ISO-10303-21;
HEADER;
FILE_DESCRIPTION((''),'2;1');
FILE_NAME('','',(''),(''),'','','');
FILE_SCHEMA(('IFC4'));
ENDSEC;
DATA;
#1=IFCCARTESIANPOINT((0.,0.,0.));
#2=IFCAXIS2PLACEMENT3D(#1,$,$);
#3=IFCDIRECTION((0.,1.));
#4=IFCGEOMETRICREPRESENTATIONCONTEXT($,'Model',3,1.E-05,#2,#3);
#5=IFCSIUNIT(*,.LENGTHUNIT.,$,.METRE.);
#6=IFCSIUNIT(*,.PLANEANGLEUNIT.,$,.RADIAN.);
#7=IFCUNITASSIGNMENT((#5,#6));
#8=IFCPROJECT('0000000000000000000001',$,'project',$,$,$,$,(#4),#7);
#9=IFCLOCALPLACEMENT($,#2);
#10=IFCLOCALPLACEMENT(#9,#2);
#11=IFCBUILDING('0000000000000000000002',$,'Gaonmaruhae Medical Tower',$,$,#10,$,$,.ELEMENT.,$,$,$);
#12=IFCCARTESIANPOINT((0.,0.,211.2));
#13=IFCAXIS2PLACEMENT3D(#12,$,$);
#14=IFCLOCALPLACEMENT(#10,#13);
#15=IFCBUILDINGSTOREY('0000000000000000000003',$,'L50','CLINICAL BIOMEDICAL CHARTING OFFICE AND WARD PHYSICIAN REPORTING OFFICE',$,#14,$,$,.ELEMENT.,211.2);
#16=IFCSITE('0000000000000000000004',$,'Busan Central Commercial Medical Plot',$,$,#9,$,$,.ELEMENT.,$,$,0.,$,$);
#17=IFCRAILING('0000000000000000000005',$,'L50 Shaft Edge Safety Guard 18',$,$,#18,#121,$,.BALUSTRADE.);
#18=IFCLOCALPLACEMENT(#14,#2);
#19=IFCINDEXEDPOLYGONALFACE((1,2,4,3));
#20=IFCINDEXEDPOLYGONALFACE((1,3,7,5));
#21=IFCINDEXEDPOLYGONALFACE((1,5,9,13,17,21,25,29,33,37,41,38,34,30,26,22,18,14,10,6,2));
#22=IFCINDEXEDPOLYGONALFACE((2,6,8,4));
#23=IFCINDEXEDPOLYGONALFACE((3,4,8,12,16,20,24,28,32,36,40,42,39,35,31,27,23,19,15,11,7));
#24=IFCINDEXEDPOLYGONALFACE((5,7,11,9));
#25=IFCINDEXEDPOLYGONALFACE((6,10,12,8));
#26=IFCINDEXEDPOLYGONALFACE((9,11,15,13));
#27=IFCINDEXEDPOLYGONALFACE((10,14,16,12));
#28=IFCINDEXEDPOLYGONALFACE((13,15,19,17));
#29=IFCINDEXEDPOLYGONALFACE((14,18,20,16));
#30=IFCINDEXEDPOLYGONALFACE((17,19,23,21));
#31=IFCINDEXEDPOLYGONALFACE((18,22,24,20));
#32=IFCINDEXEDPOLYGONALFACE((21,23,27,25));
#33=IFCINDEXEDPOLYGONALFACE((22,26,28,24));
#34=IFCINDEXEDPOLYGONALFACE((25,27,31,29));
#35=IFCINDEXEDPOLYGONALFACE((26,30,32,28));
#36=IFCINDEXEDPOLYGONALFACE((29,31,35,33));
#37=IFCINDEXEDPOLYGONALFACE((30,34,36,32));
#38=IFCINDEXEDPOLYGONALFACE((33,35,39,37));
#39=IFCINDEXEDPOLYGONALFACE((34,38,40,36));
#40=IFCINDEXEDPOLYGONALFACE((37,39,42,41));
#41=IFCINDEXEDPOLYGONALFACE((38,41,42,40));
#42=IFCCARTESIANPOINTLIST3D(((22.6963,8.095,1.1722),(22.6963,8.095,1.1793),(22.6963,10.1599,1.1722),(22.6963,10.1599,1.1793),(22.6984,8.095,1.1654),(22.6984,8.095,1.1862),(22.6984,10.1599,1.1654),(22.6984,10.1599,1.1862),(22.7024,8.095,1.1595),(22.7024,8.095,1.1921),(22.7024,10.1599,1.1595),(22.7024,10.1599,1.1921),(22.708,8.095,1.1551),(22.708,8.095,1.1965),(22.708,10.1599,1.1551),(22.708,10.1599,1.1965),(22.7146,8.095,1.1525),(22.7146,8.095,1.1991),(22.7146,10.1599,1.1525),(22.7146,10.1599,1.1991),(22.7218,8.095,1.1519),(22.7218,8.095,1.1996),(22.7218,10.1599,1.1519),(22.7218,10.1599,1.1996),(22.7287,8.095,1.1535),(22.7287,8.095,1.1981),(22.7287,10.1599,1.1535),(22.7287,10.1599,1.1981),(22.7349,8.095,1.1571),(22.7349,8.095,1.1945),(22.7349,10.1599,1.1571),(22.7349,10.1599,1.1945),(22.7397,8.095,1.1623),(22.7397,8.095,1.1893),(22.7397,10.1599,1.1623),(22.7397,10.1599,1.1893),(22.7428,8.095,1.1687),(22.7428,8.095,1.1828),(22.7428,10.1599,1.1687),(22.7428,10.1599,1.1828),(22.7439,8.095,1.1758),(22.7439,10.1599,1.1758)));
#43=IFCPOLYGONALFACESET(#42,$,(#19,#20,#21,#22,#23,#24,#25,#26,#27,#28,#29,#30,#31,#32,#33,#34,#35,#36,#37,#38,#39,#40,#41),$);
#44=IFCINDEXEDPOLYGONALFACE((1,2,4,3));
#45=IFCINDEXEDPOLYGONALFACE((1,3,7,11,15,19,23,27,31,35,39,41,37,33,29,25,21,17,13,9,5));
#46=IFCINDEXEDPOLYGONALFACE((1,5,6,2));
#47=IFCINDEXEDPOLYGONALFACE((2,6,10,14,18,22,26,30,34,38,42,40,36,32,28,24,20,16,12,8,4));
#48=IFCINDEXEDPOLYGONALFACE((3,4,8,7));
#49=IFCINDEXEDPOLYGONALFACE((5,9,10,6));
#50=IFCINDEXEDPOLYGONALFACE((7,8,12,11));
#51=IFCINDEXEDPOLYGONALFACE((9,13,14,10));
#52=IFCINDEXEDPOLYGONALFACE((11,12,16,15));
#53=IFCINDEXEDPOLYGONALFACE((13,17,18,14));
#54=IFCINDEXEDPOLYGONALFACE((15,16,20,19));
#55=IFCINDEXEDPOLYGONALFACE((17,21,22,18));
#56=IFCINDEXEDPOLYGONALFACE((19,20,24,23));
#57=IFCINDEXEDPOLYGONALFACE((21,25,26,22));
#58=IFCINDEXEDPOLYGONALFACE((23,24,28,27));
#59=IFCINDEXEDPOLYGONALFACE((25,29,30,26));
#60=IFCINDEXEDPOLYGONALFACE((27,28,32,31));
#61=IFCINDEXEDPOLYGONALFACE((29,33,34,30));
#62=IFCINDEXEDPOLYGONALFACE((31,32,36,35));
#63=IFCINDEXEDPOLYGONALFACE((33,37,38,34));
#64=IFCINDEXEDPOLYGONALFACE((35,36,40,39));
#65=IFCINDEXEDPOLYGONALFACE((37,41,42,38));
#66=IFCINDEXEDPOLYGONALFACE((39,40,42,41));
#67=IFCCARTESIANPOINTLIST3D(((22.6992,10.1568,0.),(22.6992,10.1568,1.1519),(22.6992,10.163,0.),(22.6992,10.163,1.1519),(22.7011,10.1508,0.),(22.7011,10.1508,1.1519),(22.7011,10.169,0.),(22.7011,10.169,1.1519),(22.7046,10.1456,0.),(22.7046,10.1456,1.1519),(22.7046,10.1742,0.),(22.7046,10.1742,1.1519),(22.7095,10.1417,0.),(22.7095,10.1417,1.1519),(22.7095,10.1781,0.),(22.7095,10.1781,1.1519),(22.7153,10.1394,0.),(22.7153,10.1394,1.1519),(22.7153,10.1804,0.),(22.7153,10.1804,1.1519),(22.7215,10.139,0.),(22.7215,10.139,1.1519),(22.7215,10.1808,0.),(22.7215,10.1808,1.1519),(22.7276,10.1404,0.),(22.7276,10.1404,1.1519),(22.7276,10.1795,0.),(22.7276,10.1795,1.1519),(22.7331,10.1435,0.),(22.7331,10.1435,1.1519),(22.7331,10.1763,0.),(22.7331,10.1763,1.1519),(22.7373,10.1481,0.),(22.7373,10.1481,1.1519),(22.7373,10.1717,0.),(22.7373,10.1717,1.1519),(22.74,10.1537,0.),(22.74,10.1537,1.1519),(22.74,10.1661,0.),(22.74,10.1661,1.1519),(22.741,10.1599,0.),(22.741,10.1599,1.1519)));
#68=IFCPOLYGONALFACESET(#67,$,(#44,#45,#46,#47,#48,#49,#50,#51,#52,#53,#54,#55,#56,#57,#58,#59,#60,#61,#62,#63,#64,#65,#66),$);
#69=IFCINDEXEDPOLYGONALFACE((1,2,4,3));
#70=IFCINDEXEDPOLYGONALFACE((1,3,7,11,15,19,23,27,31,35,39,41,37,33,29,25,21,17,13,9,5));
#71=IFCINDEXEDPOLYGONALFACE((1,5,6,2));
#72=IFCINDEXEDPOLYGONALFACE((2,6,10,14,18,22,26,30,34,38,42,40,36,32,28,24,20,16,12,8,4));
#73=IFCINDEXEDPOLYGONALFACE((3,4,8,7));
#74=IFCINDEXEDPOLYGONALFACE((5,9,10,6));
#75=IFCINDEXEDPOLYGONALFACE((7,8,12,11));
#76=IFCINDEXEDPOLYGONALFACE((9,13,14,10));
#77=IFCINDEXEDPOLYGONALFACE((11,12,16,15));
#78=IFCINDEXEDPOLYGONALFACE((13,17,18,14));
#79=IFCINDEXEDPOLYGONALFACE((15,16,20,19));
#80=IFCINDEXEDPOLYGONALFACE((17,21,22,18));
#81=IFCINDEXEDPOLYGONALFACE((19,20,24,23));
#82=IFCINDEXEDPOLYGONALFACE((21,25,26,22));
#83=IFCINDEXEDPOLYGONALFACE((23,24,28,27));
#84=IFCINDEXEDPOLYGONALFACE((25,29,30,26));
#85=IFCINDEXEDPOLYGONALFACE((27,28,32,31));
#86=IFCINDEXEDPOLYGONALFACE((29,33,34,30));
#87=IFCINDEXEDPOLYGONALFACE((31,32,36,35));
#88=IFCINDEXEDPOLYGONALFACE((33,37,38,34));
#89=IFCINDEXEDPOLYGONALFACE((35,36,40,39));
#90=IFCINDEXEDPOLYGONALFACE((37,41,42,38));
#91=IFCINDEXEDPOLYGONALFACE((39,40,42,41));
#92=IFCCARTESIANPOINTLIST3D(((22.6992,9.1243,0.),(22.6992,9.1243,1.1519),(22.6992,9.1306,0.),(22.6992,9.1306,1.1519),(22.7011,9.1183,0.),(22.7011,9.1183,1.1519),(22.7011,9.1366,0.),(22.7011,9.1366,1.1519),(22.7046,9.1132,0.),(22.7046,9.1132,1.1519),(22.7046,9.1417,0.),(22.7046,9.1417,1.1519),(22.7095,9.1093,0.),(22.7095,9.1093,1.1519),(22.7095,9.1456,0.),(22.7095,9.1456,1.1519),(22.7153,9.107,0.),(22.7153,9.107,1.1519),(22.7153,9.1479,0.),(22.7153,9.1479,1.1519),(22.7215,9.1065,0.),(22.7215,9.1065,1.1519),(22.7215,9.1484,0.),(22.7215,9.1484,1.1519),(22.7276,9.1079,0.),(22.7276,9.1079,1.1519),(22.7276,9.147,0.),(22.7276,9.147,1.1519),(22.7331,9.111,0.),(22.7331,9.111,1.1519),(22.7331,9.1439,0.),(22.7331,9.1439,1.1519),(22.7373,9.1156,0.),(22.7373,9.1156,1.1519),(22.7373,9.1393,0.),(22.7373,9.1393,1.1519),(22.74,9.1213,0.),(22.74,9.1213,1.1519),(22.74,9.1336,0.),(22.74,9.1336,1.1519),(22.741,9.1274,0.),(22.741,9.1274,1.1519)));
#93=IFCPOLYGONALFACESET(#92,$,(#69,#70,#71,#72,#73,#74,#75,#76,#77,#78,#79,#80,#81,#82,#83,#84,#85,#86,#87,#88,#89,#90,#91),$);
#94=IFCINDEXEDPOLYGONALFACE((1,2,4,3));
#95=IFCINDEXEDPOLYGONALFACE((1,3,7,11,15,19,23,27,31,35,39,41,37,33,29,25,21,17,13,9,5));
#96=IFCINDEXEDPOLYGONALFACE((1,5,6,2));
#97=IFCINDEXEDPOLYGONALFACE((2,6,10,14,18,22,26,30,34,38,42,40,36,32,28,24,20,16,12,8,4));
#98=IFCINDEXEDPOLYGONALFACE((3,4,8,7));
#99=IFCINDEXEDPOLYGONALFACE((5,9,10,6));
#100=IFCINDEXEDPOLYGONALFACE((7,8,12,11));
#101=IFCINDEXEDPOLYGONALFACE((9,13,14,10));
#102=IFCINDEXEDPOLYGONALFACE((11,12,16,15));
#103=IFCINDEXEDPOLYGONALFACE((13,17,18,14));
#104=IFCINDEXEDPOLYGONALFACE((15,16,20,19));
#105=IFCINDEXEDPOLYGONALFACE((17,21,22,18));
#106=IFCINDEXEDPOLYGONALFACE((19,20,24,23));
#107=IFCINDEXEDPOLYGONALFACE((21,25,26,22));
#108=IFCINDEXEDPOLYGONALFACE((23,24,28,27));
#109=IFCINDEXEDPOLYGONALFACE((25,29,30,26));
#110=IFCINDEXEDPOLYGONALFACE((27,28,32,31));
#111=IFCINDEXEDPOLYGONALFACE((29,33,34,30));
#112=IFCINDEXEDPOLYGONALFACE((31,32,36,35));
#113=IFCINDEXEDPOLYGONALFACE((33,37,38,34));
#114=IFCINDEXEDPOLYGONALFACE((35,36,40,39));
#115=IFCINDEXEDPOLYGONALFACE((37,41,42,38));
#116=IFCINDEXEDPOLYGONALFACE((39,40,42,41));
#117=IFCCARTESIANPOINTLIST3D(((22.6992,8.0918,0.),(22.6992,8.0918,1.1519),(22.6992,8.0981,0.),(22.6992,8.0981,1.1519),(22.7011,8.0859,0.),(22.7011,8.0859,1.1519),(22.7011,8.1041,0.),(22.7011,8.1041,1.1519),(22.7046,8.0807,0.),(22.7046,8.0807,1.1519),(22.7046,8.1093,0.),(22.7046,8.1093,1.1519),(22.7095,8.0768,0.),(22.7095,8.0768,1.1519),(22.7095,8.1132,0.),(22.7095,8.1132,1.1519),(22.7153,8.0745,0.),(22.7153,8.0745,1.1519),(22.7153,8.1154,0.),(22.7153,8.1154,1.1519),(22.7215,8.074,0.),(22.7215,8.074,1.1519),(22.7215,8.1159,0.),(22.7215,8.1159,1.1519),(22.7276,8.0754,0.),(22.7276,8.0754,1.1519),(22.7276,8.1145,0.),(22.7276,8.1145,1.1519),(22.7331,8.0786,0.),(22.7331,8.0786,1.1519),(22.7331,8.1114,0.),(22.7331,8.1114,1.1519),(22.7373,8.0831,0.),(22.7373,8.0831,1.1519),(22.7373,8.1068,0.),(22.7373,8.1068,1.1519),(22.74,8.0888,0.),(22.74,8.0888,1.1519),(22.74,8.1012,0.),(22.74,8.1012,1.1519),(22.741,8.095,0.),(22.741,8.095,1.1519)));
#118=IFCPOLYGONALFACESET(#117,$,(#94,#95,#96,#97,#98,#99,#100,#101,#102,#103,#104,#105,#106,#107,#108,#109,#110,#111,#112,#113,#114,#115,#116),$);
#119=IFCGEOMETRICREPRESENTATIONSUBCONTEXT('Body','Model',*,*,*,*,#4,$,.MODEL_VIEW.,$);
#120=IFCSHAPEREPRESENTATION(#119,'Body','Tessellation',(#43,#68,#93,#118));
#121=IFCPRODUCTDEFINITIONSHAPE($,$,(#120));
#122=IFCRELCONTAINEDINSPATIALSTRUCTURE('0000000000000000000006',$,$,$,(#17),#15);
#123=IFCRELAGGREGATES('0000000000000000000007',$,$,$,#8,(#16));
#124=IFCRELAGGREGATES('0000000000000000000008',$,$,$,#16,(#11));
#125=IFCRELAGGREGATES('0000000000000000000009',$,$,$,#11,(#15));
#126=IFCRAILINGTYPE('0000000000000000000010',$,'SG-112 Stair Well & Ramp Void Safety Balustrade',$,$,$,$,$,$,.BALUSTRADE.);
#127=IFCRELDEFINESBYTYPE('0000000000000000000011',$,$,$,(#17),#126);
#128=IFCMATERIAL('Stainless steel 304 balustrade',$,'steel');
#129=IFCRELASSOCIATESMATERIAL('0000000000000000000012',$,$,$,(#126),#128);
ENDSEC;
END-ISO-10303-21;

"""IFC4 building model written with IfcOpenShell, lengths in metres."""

from ifc_helpers import new_model, si_unit, direction, frame, origin, origin_2d, place, context, subcontext, project, spatial, circle, extrude, material, type_object, element, save


model = new_model("IFC4")

# Units and contexts
model_context = context("Model", 3, precision=1e-05, world=origin(), true_north=direction((0.0, 1.0)))
body_context = subcontext(model_context, "Body", "Model", "MODEL_VIEW")
ifc_project = project(units=[si_unit("LENGTHUNIT", "METRE"), si_unit("PLANEANGLEUNIT", "RADIAN")], contexts=[model_context])

# Site, building, storey
site_placement = place(None, origin())
site = spatial("IfcSite", under=ifc_project, at=site_placement, Name="Busan Central Commercial Medical Plot", CompositionType="ELEMENT", RefElevation=0.0)
building_placement = place(site_placement, origin())
building = spatial("IfcBuilding", under=site, at=building_placement, Name="Gaonmaruhae Medical Tower", CompositionType="ELEMENT")
storey_placement = place(building_placement, frame((0.0, 0.0, 211.2)))
storey = spatial("IfcBuildingStorey", under=building, at=storey_placement, Name="L50", Description="CLINICAL BIOMEDICAL CHARTING OFFICE AND WARD PHYSICIAN REPORTING OFFICE", CompositionType="ELEMENT", Elevation=211.2)

# Railing
ifc_material_1 = material(Name="Stainless steel 304 balustrade", Category="steel")
railing_type = type_object("IfcRailingType", Name="SG-112 Stair Well & Ramp Void Safety Balustrade", PredefinedType="BALUSTRADE", material=ifc_material_1)
railing_1_placement = place(storey_placement, frame((22.72, 10.1599, 0.0)))
element("IfcRailing", 1, at=railing_1_placement, inside=storey, type_object=railing_type, Name="L50 Shaft Edge Safety Guard 18", PredefinedType="BALUSTRADE", context=body_context, shape_type="SweptSolid", body=[
    extrude(circle(Radius=0.0239, at=origin_2d()), frame((0.0, 0.0, 1.1758), z_axis=(0.0, -1.0, 0.0), x_axis=(1.0, 0.0, 0.0)), (0.0, 0.0, 1.0), 2.0649),
    extrude(circle(Radius=0.021, at=origin_2d()), origin(), (0.0, 0.0, 1.0), 1.1519),
    extrude(circle(Radius=0.021, at=origin_2d()), frame((0.0, -1.0325, 0.0)), (0.0, 0.0, 1.0), 1.1519),
    extrude(circle(Radius=0.021, at=origin_2d()), frame((0.0, -2.0649, 0.0)), (0.0, 0.0, 1.0), 1.1519),
])

save(model, "model.ifc")
